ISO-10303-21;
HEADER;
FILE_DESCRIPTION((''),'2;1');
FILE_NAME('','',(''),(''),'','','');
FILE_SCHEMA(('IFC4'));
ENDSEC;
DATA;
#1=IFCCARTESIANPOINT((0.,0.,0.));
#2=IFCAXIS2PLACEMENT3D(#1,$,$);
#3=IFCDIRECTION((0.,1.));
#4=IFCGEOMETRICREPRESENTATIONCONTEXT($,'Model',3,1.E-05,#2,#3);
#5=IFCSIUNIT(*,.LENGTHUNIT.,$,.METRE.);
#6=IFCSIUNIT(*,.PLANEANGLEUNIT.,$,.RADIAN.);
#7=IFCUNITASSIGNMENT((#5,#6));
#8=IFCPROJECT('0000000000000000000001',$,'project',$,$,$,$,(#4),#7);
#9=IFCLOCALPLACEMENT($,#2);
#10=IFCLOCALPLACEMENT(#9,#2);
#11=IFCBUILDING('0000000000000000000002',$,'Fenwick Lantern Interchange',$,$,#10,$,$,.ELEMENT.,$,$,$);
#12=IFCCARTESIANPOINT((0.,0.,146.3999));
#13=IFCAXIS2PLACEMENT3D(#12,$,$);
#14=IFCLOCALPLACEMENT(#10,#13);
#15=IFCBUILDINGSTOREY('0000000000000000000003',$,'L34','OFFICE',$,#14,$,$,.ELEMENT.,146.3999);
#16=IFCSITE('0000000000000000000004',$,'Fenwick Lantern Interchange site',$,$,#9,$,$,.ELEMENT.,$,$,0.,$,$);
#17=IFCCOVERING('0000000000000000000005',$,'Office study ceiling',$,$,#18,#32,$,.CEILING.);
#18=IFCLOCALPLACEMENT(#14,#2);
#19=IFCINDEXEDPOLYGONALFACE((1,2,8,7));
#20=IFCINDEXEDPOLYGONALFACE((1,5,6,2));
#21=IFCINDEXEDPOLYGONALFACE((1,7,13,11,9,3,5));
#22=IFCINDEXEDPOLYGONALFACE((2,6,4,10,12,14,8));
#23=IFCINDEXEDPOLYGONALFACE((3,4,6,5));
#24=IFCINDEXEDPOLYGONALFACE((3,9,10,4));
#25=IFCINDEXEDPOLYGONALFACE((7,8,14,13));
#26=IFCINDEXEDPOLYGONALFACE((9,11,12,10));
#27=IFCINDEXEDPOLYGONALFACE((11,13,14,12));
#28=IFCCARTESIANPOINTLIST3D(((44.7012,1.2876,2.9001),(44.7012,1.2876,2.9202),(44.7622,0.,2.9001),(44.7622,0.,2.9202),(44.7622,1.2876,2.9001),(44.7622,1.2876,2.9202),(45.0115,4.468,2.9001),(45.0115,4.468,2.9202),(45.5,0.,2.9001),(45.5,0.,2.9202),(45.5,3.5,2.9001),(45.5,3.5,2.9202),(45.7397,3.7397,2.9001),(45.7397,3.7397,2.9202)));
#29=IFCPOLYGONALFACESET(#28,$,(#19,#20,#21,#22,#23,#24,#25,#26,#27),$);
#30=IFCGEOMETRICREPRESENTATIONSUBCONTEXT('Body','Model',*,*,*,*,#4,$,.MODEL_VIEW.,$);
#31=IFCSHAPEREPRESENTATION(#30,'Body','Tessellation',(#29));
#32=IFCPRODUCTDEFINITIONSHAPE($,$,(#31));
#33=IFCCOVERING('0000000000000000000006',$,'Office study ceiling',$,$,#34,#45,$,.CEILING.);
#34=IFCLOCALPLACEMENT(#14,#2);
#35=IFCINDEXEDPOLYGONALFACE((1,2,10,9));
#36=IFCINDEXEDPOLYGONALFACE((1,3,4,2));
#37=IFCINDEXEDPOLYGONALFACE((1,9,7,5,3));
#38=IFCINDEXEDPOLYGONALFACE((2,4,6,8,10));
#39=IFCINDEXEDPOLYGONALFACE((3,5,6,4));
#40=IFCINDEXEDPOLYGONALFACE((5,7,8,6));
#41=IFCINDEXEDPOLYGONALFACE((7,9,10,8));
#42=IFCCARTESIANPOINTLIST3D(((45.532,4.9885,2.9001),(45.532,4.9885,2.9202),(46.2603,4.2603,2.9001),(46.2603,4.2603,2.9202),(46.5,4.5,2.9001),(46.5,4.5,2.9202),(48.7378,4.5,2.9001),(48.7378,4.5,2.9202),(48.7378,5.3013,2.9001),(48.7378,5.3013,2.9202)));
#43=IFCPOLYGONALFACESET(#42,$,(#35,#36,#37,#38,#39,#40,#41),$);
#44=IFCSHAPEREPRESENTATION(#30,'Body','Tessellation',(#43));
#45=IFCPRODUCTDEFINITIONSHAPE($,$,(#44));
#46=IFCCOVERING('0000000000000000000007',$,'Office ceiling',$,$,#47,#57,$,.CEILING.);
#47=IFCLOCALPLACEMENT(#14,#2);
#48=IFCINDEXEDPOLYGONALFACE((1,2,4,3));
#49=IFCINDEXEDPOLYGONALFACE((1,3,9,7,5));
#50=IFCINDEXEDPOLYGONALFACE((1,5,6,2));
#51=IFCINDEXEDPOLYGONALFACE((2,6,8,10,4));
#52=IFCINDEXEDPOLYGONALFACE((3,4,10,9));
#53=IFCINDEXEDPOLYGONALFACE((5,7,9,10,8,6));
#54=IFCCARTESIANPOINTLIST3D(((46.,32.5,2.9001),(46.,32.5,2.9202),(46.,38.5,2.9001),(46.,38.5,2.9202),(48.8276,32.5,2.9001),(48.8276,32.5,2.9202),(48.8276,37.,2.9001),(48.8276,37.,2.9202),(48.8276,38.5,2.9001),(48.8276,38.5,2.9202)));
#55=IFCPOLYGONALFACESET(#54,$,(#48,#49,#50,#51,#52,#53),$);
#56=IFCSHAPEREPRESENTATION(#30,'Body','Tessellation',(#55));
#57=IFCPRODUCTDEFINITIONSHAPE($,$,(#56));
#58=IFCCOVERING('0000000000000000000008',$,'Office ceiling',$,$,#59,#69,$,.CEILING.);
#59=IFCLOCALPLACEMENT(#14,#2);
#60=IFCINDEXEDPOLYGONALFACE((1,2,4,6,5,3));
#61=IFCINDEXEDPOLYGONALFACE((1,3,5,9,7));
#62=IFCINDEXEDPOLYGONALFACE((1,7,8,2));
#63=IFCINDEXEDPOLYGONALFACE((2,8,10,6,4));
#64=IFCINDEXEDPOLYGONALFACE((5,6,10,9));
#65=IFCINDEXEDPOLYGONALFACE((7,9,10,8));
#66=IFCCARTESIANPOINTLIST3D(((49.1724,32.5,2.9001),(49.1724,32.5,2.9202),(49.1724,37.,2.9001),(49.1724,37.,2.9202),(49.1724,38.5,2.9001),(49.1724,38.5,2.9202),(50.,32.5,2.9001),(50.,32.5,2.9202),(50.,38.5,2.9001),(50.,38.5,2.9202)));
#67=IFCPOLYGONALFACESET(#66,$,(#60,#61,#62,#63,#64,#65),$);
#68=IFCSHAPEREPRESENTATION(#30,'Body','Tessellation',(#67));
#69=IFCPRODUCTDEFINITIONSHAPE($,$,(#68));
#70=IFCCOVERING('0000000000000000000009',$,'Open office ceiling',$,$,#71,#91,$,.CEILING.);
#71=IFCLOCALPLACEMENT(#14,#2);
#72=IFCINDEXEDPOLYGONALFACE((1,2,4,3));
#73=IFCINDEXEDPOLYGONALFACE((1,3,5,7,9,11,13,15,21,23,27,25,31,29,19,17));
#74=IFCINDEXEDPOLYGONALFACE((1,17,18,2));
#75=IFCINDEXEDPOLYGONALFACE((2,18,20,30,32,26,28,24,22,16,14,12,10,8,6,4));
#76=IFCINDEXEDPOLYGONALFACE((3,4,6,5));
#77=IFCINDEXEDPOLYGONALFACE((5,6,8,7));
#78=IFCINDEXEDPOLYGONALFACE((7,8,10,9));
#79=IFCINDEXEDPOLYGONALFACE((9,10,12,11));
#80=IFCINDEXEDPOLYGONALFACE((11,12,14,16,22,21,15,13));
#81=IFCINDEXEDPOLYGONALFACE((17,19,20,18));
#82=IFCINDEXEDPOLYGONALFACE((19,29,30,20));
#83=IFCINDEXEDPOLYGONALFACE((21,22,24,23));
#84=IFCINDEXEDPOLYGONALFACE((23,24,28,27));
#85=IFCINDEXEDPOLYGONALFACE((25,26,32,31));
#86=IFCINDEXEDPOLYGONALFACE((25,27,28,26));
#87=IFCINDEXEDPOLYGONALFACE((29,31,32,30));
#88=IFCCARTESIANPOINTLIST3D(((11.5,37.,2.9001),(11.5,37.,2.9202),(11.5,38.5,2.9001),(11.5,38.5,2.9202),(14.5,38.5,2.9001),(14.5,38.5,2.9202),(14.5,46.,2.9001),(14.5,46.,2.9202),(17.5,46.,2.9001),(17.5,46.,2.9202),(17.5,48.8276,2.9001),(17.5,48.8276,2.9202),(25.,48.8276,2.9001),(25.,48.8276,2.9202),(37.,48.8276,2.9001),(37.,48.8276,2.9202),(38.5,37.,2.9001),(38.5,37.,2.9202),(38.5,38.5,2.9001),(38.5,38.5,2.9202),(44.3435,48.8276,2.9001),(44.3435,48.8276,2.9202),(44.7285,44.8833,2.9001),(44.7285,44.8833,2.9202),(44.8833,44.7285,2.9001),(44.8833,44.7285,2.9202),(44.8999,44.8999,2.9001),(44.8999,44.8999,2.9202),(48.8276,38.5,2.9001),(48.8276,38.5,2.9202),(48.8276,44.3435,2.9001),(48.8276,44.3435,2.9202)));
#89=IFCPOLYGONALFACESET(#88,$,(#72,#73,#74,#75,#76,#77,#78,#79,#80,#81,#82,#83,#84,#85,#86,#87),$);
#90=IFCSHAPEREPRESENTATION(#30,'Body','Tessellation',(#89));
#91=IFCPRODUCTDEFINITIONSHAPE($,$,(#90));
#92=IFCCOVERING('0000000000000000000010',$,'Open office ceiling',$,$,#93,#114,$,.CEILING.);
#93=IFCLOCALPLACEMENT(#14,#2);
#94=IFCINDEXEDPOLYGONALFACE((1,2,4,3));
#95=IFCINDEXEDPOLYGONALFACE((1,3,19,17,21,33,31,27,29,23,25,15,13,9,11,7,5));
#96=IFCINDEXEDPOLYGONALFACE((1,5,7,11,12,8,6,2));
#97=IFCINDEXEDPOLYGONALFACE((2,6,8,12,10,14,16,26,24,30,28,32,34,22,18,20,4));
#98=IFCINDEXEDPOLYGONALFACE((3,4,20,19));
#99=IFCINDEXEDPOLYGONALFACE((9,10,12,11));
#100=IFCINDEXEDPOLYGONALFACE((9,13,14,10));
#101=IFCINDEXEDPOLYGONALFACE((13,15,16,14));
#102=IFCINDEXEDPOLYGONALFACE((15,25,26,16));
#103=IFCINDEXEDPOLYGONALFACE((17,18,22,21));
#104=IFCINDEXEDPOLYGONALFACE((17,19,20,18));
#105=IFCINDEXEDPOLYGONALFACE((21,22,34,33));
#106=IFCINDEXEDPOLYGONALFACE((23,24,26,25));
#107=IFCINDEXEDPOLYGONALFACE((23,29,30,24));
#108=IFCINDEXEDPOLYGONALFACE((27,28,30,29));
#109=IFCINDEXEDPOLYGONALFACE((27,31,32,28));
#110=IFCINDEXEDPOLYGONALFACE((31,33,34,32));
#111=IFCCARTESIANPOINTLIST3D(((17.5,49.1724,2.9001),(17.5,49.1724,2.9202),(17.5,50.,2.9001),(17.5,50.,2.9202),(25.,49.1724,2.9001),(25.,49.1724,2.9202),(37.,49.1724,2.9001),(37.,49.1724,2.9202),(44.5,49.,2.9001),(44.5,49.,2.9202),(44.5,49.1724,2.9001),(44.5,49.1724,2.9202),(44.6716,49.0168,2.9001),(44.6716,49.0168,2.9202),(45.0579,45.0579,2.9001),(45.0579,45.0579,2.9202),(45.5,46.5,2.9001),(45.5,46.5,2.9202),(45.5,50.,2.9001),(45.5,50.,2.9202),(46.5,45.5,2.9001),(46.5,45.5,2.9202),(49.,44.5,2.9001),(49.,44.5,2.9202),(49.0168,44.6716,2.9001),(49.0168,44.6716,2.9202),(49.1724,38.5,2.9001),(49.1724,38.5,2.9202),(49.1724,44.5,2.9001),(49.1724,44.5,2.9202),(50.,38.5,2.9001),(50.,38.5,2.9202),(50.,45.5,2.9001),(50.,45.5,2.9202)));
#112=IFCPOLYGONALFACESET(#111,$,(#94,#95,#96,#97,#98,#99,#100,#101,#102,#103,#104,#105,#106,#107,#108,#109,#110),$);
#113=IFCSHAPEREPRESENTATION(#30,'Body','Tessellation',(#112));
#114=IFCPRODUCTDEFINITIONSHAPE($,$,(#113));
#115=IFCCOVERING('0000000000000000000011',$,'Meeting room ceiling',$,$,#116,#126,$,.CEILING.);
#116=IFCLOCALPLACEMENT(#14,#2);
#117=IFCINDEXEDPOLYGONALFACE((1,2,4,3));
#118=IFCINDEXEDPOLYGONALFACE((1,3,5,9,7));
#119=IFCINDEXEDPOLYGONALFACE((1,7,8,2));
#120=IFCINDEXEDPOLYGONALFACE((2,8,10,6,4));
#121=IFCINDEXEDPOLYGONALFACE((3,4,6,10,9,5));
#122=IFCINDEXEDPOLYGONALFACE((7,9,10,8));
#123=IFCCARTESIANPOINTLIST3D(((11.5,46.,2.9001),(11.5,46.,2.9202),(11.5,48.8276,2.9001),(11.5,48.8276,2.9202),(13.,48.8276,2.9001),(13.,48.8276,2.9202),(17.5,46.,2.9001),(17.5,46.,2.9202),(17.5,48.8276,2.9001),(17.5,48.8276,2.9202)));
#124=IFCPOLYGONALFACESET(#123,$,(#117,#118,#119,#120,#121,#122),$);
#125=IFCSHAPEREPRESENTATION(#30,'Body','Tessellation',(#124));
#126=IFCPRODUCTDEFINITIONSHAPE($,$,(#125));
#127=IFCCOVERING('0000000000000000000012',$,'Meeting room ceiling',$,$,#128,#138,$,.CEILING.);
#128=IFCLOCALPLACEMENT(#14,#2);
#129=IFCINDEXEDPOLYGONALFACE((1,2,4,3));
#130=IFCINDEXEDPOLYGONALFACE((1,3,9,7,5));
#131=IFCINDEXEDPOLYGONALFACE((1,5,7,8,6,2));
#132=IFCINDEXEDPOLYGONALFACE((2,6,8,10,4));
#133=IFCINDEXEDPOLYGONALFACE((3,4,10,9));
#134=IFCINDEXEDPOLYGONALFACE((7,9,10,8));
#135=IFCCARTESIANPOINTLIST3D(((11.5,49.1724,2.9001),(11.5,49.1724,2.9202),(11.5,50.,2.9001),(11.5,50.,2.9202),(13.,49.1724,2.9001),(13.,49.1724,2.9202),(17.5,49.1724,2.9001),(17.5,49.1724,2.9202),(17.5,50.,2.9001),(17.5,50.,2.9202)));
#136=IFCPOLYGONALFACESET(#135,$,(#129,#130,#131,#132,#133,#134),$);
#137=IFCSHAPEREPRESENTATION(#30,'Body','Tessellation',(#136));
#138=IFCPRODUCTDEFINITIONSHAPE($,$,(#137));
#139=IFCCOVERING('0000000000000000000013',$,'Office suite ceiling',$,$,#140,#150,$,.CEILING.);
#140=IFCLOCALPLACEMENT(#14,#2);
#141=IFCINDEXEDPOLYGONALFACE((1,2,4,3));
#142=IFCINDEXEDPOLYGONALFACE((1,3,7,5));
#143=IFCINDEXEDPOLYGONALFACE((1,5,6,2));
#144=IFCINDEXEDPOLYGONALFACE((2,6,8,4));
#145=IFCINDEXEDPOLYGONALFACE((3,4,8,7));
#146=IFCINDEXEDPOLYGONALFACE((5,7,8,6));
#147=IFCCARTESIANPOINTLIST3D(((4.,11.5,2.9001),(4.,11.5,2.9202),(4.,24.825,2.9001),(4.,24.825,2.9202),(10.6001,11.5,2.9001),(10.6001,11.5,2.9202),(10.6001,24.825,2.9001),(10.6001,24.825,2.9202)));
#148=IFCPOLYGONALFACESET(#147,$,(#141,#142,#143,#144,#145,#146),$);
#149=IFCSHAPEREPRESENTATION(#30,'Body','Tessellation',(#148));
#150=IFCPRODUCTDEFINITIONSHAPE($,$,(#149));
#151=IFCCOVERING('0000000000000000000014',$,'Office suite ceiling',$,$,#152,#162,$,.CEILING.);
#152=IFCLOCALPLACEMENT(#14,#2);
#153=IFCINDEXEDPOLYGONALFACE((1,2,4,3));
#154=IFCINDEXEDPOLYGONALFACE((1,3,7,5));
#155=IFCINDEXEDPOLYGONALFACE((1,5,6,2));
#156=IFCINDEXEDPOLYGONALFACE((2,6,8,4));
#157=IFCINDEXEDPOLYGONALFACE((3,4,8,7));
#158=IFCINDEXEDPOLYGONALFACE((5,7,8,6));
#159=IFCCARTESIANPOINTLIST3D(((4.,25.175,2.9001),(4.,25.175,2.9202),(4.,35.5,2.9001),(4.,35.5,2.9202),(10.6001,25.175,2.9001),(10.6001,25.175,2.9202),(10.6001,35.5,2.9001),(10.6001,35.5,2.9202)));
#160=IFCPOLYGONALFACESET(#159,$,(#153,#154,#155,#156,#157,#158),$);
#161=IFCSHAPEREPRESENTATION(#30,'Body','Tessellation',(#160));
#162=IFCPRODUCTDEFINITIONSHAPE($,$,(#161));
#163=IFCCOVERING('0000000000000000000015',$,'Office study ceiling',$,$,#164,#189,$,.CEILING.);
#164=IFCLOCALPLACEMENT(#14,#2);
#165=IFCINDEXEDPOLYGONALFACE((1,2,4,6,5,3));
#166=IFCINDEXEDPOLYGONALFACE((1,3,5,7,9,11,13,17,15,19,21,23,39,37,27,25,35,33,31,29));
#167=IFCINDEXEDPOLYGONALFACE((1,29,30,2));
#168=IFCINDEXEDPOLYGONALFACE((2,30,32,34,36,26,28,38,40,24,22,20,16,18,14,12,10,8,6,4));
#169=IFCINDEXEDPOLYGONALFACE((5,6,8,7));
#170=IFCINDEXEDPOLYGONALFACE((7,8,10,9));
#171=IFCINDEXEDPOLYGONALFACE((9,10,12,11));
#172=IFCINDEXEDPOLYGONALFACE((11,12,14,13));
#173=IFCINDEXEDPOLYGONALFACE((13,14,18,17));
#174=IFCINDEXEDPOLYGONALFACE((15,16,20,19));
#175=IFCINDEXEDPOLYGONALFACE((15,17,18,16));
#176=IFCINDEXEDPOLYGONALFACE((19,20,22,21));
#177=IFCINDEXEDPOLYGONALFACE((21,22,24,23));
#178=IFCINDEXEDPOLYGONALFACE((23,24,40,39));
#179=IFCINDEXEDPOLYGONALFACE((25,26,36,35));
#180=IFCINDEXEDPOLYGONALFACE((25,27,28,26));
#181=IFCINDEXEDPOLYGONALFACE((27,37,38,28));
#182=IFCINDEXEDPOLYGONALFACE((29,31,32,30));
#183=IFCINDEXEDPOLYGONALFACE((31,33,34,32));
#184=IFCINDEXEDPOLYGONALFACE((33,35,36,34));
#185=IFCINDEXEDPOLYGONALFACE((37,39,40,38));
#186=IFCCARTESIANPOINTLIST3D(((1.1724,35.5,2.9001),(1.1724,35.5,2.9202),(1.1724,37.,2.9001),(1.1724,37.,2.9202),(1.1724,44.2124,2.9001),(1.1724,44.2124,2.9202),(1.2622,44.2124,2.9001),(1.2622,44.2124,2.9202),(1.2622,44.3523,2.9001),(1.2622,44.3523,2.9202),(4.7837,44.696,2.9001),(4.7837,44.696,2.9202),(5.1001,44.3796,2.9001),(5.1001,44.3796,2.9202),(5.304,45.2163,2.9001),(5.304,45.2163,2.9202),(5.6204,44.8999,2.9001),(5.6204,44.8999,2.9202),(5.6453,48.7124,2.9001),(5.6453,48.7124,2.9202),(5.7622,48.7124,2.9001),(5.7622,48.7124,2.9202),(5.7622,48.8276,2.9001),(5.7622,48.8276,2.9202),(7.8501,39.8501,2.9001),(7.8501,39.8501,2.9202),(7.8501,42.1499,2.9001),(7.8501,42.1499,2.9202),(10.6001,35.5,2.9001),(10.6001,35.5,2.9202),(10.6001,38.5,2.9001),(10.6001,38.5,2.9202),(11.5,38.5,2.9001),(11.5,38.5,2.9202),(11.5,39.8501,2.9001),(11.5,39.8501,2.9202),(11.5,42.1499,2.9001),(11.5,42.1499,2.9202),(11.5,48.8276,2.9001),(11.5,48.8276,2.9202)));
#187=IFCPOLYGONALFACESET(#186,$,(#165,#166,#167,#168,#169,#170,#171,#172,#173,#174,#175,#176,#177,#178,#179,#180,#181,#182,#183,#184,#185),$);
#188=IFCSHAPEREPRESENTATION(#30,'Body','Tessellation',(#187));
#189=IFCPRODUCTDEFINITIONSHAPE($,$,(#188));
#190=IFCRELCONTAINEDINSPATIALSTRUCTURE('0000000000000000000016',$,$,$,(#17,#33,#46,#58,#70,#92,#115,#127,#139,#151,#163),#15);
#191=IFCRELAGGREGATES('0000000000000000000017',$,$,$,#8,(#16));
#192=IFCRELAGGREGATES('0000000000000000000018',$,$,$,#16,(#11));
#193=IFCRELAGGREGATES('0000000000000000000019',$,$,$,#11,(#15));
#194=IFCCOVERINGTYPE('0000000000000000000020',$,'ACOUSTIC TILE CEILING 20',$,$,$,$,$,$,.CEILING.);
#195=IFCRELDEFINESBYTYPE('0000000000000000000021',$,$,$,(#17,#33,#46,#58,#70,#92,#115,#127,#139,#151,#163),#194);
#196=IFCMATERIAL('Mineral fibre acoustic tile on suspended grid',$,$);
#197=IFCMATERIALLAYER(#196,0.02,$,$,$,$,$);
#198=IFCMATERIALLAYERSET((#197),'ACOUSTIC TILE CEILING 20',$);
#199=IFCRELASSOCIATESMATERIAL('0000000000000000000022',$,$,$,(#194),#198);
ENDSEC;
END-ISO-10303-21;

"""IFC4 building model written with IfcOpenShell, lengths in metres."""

from ifc_helpers import new_model, si_unit, direction, frame, origin, place, context, subcontext, project, spatial, polyline, outline, extrude, material, layer, layer_set, type_object, element, save


model = new_model("IFC4")

# Units and contexts
model_context = context("Model", 3, precision=1e-05, world=origin(), true_north=direction((0.0, 1.0)))
body_context = subcontext(model_context, "Body", "Model", "MODEL_VIEW")
ifc_project = project(units=[si_unit("LENGTHUNIT", "METRE"), si_unit("PLANEANGLEUNIT", "RADIAN")], contexts=[model_context])

# Site, building, storey
site_placement = place(None, origin())
site = spatial("IfcSite", under=ifc_project, at=site_placement, Name="Fenwick Lantern Interchange site", CompositionType="ELEMENT", RefElevation=0.0)
building_placement = place(site_placement, origin())
building = spatial("IfcBuilding", under=site, at=building_placement, Name="Fenwick Lantern Interchange", CompositionType="ELEMENT")
storey_placement = place(building_placement, frame((0.0, 0.0, 146.3999)))
storey = spatial("IfcBuildingStorey", under=building, at=storey_placement, Name="L34", Description="OFFICE", CompositionType="ELEMENT", Elevation=146.3999)

# Coverings
ifc_material = material(Name="Mineral fibre acoustic tile on suspended grid")
ifc_layer = layer(ifc_material, 0.02)
ifc_layer_set = layer_set([ifc_layer], Name="ACOUSTIC TILE CEILING 20")
covering_type = type_object("IfcCoveringType", Name="ACOUSTIC TILE CEILING 20", PredefinedType="CEILING", material=ifc_layer_set)
covering_1_placement = place(storey_placement, frame((0.0, 0.0, 2.9001)))
element("IfcCovering", 1, at=covering_1_placement, inside=storey, type_object=covering_type, Name="Office study ceiling", PredefinedType="CEILING", context=body_context, shape_type="SweptSolid", body=[
    extrude(outline(polyline([(44.7012, 1.2876), (44.7622, 1.2876), (44.7622, 0.0), (45.5, 0.0), (45.5, 3.5), (45.7397, 3.7397), (45.0115, 4.468), (44.7012, 1.2876)])), origin(), (0.0, 0.0, 1.0), 0.02),
])
covering_2_placement = place(storey_placement, frame((0.0, 0.0, 2.9001)))
element("IfcCovering", 2, at=covering_2_placement, inside=storey, type_object=covering_type, Name="Office study ceiling", PredefinedType="CEILING", context=body_context, shape_type="SweptSolid", body=[
    extrude(outline(polyline([(48.7378, 4.5), (48.7378, 5.3013), (45.532, 4.9885), (46.2603, 4.2603), (46.5, 4.5), (48.7378, 4.5)])), origin(), (0.0, 0.0, 1.0), 0.02),
])
covering_3_placement = place(storey_placement, frame((0.0, 0.0, 2.9001)))
element("IfcCovering", 3, at=covering_3_placement, inside=storey, type_object=covering_type, Name="Office ceiling", PredefinedType="CEILING", context=body_context, shape_type="SweptSolid", body=[
    extrude(outline(polyline([(46.0, 32.5), (48.8276, 32.5), (48.8276, 37.0), (48.8276, 38.5), (46.0, 38.5), (46.0, 32.5)])), origin(), (0.0, 0.0, 1.0), 0.02),
])
covering_4_placement = place(storey_placement, frame((0.0, 0.0, 2.9001)))
element("IfcCovering", 4, at=covering_4_placement, inside=storey, type_object=covering_type, Name="Office ceiling", PredefinedType="CEILING", context=body_context, shape_type="SweptSolid", body=[
    extrude(outline(polyline([(50.0, 38.5), (49.1724, 38.5), (49.1724, 37.0), (49.1724, 32.5), (50.0, 32.5), (50.0, 38.5)])), origin(), (0.0, 0.0, 1.0), 0.02),
])
covering_5_placement = place(storey_placement, frame((0.0, 0.0, 2.9001)))
element("IfcCovering", 5, at=covering_5_placement, inside=storey, type_object=covering_type, Name="Open office ceiling", PredefinedType="CEILING", context=body_context, shape_type="SweptSolid", body=[
    extrude(outline(polyline([(38.5, 38.5), (48.8276, 38.5), (48.8276, 44.3435), (44.8833, 44.7285), (44.8999, 44.8999), (44.7285, 44.8833), (44.3435, 48.8276), (37.0, 48.8276), (25.0, 48.8276), (17.5, 48.8276), (17.5, 46.0), (14.5, 46.0), (14.5, 38.5), (11.5, 38.5), (11.5, 37.0), (38.5, 37.0), (38.5, 38.5)])), origin(), (0.0, 0.0, 1.0), 0.02),
])
covering_6_placement = place(storey_placement, frame((0.0, 0.0, 2.9001)))
element("IfcCovering", 6, at=covering_6_placement, inside=storey, type_object=covering_type, Name="Open office ceiling", PredefinedType="CEILING", context=body_context, shape_type="SweptSolid", body=[
    extrude(outline(polyline([(45.5, 46.5), (45.5, 50.0), (17.5, 50.0), (17.5, 49.1724), (25.0, 49.1724), (37.0, 49.1724), (44.5, 49.1724), (44.5, 49.0), (44.6716, 49.0168), (45.0579, 45.0579), (49.0168, 44.6716), (49.0, 44.5), (49.1724, 44.5), (49.1724, 38.5), (50.0, 38.5), (50.0, 45.5), (46.5, 45.5), (45.5, 46.5)])), origin(), (0.0, 0.0, 1.0), 0.02),
])
covering_7_placement = place(storey_placement, frame((0.0, 0.0, 2.9001)))
element("IfcCovering", 7, at=covering_7_placement, inside=storey, type_object=covering_type, Name="Meeting room ceiling", PredefinedType="CEILING", context=body_context, shape_type="SweptSolid", body=[
    extrude(outline(polyline([(17.5, 46.0), (17.5, 48.8276), (13.0, 48.8276), (11.5, 48.8276), (11.5, 46.0), (17.5, 46.0)])), origin(), (0.0, 0.0, 1.0), 0.02),
])
covering_8_placement = place(storey_placement, frame((0.0, 0.0, 2.9001)))
element("IfcCovering", 8, at=covering_8_placement, inside=storey, type_object=covering_type, Name="Meeting room ceiling", PredefinedType="CEILING", context=body_context, shape_type="SweptSolid", body=[
    extrude(outline(polyline([(11.5, 50.0), (11.5, 49.1724), (13.0, 49.1724), (17.5, 49.1724), (17.5, 50.0), (11.5, 50.0)])), origin(), (0.0, 0.0, 1.0), 0.02),
])
covering_9_placement = place(storey_placement, frame((0.0, 0.0, 2.9001)))
element("IfcCovering", 9, at=covering_9_placement, inside=storey, type_object=covering_type, Name="Office suite ceiling", PredefinedType="CEILING", context=body_context, shape_type="SweptSolid", body=[
    extrude(outline(polyline([(10.6001, 11.5), (10.6001, 24.825), (4.0, 24.825), (4.0, 11.5), (10.6001, 11.5)])), origin(), (0.0, 0.0, 1.0), 0.02),
])
covering_10_placement = place(storey_placement, frame((0.0, 0.0, 2.9001)))
element("IfcCovering", 10, at=covering_10_placement, inside=storey, type_object=covering_type, Name="Office suite ceiling", PredefinedType="CEILING", context=body_context, shape_type="SweptSolid", body=[
    extrude(outline(polyline([(10.6001, 25.175), (10.6001, 35.5), (4.0, 35.5), (4.0, 25.175), (10.6001, 25.175)])), origin(), (0.0, 0.0, 1.0), 0.02),
])
covering_11_placement = place(storey_placement, frame((0.0, 0.0, 2.9001)))
element("IfcCovering", 11, at=covering_11_placement, inside=storey, type_object=covering_type, Name="Office study ceiling", PredefinedType="CEILING", context=body_context, shape_type="SweptSolid", body=[
    extrude(outline(polyline([(5.7622, 48.7124), (5.6453, 48.7124), (5.304, 45.2163), (5.6204, 44.8999), (5.1001, 44.3796), (4.7837, 44.696), (1.2622, 44.3523), (1.2622, 44.2124), (1.1724, 44.2124), (1.1724, 37.0), (1.1724, 35.5), (10.6001, 35.5), (10.6001, 38.5), (11.5, 38.5), (11.5, 39.8501), (7.8501, 39.8501), (7.8501, 42.1499), (11.5, 42.1499), (11.5, 48.8276), (5.7622, 48.8276), (5.7622, 48.7124)])), origin(), (0.0, 0.0, 1.0), 0.02),
])

save(model, "model.ifc")
